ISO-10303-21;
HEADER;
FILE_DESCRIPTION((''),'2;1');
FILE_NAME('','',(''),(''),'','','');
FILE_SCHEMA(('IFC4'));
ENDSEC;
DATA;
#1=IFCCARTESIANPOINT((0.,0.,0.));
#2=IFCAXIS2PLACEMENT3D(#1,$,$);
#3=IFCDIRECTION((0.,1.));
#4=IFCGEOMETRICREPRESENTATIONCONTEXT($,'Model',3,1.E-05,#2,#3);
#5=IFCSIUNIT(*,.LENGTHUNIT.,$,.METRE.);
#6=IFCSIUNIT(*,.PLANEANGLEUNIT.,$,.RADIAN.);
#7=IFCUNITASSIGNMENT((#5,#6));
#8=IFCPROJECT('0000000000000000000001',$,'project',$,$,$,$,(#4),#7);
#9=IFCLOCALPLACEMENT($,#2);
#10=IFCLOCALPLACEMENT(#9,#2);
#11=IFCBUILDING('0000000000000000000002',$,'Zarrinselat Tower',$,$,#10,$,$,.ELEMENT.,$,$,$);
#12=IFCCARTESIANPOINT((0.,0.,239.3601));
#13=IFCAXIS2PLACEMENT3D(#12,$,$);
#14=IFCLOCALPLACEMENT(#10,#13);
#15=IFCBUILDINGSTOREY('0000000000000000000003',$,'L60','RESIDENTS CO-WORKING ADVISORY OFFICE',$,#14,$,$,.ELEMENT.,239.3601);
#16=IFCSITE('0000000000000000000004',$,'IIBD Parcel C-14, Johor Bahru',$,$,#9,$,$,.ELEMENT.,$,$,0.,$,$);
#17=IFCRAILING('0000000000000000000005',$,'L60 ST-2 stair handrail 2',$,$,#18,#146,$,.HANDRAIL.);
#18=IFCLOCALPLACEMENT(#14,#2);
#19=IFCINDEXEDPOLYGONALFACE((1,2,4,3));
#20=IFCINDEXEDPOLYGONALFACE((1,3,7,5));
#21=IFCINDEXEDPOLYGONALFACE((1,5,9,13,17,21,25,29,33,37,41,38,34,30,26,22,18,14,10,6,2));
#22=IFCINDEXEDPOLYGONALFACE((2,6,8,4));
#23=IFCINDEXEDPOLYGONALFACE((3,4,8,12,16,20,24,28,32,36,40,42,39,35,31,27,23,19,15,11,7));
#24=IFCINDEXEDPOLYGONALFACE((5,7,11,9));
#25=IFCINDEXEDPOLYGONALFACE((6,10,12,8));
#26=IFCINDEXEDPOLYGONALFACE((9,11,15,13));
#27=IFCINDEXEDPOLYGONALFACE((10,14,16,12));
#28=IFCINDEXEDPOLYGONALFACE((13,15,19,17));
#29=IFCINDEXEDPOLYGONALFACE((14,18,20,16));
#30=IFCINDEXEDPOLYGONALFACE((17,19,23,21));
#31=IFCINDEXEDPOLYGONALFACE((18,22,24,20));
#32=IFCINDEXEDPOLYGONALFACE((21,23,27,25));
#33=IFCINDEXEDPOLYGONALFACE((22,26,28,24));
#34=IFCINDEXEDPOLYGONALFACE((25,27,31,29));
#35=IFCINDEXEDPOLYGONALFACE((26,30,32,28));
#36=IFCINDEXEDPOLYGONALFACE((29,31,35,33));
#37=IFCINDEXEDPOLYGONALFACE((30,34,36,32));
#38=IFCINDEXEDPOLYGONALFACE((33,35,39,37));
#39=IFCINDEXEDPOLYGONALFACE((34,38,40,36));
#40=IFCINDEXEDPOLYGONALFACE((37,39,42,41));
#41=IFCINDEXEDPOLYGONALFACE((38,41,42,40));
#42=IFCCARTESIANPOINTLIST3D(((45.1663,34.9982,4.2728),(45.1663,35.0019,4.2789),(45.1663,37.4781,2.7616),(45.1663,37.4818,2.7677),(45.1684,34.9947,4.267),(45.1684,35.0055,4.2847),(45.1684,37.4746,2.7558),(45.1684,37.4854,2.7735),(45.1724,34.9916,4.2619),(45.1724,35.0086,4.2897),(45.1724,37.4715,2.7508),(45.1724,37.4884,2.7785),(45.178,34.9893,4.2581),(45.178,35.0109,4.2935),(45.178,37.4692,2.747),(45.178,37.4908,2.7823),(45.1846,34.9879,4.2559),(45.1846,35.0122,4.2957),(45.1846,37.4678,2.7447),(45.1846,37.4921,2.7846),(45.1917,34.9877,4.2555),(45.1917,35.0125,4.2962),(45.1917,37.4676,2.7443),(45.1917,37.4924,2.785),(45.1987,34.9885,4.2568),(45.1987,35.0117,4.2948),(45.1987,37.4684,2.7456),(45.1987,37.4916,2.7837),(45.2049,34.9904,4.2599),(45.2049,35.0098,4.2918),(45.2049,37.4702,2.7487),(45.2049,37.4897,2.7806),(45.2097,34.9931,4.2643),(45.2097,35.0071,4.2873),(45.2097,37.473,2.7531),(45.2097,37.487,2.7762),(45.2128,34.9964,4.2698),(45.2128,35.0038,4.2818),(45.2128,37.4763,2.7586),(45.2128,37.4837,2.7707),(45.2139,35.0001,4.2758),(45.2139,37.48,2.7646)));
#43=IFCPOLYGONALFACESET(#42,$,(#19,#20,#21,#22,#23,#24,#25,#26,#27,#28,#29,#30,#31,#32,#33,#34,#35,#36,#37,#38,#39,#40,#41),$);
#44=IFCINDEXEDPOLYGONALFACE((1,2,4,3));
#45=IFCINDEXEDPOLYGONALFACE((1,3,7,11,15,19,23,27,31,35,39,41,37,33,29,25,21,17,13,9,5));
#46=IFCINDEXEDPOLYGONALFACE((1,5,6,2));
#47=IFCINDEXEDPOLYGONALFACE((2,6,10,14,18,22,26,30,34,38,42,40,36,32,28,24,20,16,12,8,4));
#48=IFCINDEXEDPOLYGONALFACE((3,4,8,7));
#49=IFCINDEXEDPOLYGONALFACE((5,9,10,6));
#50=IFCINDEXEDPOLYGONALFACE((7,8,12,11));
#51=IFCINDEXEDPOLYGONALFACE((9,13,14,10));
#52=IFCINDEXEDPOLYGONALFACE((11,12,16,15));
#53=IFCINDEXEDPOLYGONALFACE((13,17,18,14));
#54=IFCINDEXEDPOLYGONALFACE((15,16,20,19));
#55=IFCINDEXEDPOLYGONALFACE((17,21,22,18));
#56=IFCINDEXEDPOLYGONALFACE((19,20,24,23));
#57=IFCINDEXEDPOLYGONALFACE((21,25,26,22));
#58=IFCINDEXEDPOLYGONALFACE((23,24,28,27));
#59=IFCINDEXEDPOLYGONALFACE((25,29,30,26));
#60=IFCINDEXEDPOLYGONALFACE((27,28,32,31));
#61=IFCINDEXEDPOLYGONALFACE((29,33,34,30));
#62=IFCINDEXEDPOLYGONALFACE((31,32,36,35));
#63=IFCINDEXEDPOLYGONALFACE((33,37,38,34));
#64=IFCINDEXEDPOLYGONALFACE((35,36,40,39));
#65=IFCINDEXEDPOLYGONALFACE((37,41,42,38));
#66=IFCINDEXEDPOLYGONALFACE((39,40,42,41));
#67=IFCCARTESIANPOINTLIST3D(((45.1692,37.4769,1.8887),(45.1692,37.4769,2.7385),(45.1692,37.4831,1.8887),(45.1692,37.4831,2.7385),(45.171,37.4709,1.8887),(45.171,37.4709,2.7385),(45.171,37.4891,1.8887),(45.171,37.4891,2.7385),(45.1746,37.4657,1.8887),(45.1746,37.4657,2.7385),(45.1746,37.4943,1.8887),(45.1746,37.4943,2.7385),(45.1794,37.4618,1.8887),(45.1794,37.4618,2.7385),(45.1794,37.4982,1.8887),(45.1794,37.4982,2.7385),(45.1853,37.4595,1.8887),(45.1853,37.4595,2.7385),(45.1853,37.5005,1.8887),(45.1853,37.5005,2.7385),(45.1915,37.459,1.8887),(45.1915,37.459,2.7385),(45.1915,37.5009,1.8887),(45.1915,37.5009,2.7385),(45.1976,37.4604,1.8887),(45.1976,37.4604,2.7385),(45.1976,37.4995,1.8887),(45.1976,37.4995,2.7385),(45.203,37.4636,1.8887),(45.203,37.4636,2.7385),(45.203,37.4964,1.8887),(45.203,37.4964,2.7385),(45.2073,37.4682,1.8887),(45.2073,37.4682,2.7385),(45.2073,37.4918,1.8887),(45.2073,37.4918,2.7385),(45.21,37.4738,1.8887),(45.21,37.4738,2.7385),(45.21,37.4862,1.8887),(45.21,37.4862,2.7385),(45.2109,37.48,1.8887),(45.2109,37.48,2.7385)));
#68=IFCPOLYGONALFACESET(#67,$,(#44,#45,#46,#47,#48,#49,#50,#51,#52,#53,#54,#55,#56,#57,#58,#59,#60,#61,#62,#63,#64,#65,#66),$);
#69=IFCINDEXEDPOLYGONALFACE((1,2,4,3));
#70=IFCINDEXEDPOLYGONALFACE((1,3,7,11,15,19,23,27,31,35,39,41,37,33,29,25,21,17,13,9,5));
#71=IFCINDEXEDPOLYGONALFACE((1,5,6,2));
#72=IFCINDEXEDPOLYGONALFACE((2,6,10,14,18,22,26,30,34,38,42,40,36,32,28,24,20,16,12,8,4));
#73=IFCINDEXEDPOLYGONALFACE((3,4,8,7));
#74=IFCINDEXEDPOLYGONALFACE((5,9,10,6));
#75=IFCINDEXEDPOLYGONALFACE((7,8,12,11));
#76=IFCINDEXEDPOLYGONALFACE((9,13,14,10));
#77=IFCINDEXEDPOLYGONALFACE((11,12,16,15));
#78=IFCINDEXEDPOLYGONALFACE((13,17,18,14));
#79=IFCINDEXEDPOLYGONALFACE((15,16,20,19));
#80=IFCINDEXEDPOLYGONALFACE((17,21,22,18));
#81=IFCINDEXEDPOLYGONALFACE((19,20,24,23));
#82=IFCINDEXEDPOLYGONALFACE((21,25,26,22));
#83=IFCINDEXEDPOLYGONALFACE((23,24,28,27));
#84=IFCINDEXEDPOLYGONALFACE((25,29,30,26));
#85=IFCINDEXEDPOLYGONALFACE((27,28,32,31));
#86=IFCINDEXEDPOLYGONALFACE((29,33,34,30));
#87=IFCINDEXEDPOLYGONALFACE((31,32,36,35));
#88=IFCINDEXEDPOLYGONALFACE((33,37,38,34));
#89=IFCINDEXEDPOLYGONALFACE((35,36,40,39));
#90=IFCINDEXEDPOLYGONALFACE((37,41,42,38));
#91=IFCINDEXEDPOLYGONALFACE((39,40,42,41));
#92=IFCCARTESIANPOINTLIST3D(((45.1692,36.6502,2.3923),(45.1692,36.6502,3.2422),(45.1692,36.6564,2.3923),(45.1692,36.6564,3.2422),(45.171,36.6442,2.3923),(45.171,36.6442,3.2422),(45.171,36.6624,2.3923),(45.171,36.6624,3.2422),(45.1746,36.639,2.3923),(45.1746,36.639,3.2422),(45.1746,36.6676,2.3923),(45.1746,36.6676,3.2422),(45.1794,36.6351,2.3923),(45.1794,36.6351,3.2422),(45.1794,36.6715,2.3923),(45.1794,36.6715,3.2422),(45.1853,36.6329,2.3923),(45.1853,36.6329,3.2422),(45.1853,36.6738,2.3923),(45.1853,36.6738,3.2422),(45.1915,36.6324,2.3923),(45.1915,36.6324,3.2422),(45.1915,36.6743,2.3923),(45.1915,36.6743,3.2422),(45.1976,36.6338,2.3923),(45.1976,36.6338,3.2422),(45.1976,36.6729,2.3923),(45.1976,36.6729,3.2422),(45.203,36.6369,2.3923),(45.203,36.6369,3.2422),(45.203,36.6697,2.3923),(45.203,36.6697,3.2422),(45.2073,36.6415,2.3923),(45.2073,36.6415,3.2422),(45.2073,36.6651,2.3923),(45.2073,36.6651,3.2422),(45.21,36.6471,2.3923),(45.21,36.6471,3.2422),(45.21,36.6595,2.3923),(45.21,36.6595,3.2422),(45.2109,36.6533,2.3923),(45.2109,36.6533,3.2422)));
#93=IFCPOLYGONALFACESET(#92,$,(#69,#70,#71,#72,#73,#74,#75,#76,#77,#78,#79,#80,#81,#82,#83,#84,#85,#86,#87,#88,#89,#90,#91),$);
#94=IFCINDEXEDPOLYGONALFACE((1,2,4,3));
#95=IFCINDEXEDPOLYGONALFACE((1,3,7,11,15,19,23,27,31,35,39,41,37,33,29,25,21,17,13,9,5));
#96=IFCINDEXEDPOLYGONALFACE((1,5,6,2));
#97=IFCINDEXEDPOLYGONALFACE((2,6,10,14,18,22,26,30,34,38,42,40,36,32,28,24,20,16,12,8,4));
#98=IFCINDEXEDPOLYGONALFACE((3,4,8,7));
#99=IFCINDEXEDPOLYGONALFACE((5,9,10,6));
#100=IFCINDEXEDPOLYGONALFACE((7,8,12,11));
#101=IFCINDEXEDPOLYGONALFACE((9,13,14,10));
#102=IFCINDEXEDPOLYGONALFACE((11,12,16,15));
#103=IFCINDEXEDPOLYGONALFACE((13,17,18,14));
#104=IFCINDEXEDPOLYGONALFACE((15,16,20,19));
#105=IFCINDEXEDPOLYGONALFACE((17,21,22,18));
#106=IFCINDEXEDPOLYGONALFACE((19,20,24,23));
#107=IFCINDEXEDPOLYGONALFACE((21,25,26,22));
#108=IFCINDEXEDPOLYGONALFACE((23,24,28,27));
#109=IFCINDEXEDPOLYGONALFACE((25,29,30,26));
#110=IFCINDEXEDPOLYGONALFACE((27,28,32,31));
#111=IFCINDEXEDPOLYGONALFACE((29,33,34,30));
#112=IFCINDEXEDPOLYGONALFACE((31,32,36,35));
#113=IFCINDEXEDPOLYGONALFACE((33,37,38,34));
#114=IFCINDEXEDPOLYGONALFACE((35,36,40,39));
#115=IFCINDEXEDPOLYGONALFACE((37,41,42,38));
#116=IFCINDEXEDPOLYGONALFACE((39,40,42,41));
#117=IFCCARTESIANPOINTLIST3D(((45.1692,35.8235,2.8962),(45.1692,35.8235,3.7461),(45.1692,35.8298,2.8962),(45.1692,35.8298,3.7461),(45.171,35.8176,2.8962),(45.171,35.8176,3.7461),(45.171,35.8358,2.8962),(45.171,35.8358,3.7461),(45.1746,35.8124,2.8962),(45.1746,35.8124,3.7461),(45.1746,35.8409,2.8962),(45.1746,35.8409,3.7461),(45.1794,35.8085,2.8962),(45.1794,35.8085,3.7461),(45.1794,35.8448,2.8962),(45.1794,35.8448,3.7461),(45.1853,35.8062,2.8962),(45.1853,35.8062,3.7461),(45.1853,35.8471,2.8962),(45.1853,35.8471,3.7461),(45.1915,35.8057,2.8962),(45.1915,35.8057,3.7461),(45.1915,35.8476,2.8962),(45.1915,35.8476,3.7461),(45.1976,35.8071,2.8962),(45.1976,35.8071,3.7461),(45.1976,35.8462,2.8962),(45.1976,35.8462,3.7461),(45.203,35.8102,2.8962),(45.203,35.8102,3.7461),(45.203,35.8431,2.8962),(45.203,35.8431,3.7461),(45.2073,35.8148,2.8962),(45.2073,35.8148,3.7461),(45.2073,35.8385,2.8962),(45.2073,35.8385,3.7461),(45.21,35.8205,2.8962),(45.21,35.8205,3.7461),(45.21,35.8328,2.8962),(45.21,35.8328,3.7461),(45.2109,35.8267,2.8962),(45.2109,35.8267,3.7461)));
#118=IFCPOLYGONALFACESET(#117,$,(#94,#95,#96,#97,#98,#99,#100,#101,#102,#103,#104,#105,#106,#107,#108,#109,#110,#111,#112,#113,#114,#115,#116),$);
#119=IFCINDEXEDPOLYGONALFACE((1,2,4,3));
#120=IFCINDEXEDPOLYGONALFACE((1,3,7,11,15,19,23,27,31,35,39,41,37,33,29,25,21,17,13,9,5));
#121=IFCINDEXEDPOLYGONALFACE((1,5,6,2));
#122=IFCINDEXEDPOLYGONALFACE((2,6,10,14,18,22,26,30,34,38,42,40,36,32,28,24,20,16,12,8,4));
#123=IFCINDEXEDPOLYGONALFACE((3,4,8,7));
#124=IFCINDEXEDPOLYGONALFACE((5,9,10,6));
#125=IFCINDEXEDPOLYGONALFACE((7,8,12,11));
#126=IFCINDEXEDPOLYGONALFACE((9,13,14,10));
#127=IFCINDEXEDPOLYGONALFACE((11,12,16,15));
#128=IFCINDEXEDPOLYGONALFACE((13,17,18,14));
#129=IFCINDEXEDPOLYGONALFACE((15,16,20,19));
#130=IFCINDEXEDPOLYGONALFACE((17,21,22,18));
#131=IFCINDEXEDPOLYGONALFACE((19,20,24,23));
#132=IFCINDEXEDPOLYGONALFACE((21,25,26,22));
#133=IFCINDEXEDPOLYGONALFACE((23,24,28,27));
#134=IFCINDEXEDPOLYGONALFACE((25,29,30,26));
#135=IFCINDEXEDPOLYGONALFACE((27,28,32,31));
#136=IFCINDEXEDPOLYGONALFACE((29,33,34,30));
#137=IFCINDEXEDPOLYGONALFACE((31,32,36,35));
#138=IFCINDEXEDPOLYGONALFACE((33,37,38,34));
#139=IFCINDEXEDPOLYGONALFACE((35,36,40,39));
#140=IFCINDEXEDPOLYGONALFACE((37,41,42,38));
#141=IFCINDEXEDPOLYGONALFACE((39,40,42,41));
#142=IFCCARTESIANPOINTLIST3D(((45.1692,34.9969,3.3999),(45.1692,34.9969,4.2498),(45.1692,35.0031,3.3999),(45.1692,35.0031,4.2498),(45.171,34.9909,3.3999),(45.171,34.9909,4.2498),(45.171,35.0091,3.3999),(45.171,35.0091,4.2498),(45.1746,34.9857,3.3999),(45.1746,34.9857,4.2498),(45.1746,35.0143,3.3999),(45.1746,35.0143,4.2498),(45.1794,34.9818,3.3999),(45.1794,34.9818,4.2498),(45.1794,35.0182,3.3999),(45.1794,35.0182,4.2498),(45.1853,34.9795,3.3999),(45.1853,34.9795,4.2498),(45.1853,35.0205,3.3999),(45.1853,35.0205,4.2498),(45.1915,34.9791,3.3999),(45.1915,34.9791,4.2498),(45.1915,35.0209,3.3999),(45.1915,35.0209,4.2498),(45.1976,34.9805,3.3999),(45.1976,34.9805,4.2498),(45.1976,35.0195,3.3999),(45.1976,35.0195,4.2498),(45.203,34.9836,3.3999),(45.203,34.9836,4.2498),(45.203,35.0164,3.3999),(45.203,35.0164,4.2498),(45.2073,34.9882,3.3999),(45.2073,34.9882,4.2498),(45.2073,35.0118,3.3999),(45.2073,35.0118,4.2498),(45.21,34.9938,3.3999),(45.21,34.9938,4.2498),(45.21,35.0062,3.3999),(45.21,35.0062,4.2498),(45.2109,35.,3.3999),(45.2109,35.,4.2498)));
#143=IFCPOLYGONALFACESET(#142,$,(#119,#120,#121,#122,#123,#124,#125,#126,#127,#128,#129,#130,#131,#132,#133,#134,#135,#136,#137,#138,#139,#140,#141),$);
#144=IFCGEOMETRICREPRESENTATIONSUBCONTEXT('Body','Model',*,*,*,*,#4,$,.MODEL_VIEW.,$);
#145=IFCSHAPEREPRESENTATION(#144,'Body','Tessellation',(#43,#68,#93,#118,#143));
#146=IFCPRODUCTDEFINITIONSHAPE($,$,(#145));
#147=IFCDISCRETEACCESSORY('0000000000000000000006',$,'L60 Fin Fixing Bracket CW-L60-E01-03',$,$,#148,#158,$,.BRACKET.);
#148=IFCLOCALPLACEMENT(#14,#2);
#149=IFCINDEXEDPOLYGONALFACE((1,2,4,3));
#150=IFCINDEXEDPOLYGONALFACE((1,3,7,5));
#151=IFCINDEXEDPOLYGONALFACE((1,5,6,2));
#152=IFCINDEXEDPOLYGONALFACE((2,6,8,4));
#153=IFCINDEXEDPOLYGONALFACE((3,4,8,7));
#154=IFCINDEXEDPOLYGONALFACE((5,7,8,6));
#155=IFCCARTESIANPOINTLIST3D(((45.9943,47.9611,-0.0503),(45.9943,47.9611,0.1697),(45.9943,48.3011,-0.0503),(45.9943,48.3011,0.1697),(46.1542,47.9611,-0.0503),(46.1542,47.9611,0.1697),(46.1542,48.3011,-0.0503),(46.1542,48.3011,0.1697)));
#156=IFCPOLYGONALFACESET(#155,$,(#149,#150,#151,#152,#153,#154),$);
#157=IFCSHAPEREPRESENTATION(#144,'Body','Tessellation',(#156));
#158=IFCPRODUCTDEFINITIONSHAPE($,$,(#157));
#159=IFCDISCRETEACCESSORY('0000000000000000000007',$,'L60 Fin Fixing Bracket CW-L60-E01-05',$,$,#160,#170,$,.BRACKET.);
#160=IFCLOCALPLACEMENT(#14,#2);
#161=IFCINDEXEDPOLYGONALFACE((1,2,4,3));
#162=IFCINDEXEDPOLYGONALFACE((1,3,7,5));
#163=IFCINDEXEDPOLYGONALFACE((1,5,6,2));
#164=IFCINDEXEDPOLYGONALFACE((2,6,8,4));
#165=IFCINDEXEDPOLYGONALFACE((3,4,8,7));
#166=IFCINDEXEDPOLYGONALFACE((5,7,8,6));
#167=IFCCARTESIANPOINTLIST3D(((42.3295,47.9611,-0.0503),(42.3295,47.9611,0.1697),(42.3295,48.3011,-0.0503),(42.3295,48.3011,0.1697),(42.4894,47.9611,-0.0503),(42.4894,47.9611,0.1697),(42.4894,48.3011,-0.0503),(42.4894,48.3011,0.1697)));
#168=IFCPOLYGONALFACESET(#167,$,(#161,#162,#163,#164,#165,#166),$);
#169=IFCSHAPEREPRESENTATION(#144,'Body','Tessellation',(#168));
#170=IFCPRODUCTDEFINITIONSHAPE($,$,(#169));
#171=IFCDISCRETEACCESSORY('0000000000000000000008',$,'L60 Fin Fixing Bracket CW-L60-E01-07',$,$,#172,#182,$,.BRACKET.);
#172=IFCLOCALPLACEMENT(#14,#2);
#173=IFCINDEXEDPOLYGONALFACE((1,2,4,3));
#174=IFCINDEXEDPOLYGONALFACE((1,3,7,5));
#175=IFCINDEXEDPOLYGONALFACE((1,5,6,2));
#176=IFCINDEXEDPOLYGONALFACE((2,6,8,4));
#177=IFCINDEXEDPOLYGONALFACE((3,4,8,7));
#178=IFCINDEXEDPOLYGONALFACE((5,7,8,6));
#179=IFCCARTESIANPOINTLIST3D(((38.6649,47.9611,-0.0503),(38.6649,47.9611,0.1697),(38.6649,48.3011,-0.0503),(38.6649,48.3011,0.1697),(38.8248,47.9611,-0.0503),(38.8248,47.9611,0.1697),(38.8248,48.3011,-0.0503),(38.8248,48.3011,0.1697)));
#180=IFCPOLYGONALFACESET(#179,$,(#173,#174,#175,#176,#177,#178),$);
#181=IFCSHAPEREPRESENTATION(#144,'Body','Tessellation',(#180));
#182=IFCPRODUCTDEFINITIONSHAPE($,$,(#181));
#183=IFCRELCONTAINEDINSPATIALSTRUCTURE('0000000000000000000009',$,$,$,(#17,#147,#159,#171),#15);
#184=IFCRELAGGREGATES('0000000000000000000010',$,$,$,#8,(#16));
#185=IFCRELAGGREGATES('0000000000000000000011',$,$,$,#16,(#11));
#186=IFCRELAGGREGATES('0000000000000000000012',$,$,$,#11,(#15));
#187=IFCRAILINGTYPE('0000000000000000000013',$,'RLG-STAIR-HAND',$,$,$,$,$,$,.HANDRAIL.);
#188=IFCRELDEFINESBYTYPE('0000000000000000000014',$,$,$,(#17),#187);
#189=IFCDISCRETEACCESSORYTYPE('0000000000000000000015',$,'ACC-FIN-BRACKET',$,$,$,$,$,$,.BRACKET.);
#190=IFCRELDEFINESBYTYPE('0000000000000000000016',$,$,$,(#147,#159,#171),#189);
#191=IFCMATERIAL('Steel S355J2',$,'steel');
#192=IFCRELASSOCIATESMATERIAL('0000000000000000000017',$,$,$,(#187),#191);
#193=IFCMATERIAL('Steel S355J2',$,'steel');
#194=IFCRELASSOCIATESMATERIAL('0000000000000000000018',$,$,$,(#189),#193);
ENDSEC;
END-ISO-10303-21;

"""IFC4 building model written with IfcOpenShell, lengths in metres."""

from ifc_helpers import new_model, si_unit, direction, frame, origin, origin_2d, place, context, subcontext, project, spatial, rectangle, circle, extrude, material, type_object, element, save


model = new_model("IFC4")

# Units and contexts
model_context = context("Model", 3, precision=1e-05, world=origin(), true_north=direction((0.0, 1.0)))
body_context = subcontext(model_context, "Body", "Model", "MODEL_VIEW")
ifc_project = project(units=[si_unit("LENGTHUNIT", "METRE"), si_unit("PLANEANGLEUNIT", "RADIAN")], contexts=[model_context])

# Site, building, storey
site_placement = place(None, origin())
site = spatial("IfcSite", under=ifc_project, at=site_placement, Name="IIBD Parcel C-14, Johor Bahru", CompositionType="ELEMENT", RefElevation=0.0)
building_placement = place(site_placement, origin())
building = spatial("IfcBuilding", under=site, at=building_placement, Name="Zarrinselat Tower", CompositionType="ELEMENT")
storey_placement = place(building_placement, frame((0.0, 0.0, 239.3601)))
storey = spatial("IfcBuildingStorey", under=building, at=storey_placement, Name="L60", Description="RESIDENTS CO-WORKING ADVISORY OFFICE", CompositionType="ELEMENT", Elevation=239.3601)

# Railing
ifc_material_1 = material(Name="Steel S355J2", Category="steel")
railing_type_1 = type_object("IfcRailingType", Name="RLG-STAIR-HAND", PredefinedType="HANDRAIL", material=ifc_material_1)
railing_1_placement = place(storey_placement, frame((45.1899, 37.48, 1.8887)))
element("IfcRailing", 1, at=railing_1_placement, inside=storey, type_object=railing_type_1, Name="L60 ST-2 stair handrail 2", PredefinedType="HANDRAIL", context=body_context, shape_type="SweptSolid", body=[
    extrude(circle(Radius=0.0239, at=origin_2d()), frame((0.0, 0.0, 0.876), z_axis=(0.0, -0.853942, 0.520368), x_axis=(1.0, 0.0, 0.0)), (0.0, 0.0, 1.0), 2.9041),
    extrude(circle(Radius=0.021, at=origin_2d()), origin(), (0.0, 0.0, 1.0), 0.8499),
    extrude(circle(Radius=0.021, at=origin_2d()), frame((0.0, -0.8267, 0.5037)), (0.0, 0.0, 1.0), 0.8499),
    extrude(circle(Radius=0.021, at=origin_2d()), frame((0.0, -1.6533, 1.0076)), (0.0, 0.0, 1.0), 0.8499),
    extrude(circle(Radius=0.021, at=origin_2d()), frame((0.0, -2.48, 1.5112)), (0.0, 0.0, 1.0), 0.8499),
])

# Discrete accessories
ifc_material_2 = material(Name="Steel S355J2", Category="steel")
discrete_accessory_type = type_object("IfcDiscreteAccessoryType", Name="ACC-FIN-BRACKET", PredefinedType="BRACKET", material=ifc_material_2)
for number, where, z_axis, x_axis, name in (
    (2, (46.0742, 48.1311, -0.0503), (0.0, 0.0, 1.0), (0.0, 1.0, 0.0), "L60 Fin Fixing Bracket CW-L60-E01-03"),
    (3, (42.4094, 48.1311, -0.0503), (0.0, 0.0, 1.0), (0.0, 1.0, 0.0), "L60 Fin Fixing Bracket CW-L60-E01-05"),
    (4, (38.7449, 48.1311, -0.0503), (0.0, 0.0, 1.0), (0.0, 1.0, 0.0), "L60 Fin Fixing Bracket CW-L60-E01-07"),
):
    element("IfcDiscreteAccessory", number, at=place(storey_placement, frame(where, z_axis=z_axis, x_axis=x_axis)), inside=storey, type_object=discrete_accessory_type, Name=name, PredefinedType="BRACKET", context=body_context, shape_type="SweptSolid", body=[
        extrude(rectangle(XDim=0.3401, YDim=0.1599, at=origin_2d()), origin(), (0.0, 0.0, 1.0), 0.22),
    ])

save(model, "model.ifc")
